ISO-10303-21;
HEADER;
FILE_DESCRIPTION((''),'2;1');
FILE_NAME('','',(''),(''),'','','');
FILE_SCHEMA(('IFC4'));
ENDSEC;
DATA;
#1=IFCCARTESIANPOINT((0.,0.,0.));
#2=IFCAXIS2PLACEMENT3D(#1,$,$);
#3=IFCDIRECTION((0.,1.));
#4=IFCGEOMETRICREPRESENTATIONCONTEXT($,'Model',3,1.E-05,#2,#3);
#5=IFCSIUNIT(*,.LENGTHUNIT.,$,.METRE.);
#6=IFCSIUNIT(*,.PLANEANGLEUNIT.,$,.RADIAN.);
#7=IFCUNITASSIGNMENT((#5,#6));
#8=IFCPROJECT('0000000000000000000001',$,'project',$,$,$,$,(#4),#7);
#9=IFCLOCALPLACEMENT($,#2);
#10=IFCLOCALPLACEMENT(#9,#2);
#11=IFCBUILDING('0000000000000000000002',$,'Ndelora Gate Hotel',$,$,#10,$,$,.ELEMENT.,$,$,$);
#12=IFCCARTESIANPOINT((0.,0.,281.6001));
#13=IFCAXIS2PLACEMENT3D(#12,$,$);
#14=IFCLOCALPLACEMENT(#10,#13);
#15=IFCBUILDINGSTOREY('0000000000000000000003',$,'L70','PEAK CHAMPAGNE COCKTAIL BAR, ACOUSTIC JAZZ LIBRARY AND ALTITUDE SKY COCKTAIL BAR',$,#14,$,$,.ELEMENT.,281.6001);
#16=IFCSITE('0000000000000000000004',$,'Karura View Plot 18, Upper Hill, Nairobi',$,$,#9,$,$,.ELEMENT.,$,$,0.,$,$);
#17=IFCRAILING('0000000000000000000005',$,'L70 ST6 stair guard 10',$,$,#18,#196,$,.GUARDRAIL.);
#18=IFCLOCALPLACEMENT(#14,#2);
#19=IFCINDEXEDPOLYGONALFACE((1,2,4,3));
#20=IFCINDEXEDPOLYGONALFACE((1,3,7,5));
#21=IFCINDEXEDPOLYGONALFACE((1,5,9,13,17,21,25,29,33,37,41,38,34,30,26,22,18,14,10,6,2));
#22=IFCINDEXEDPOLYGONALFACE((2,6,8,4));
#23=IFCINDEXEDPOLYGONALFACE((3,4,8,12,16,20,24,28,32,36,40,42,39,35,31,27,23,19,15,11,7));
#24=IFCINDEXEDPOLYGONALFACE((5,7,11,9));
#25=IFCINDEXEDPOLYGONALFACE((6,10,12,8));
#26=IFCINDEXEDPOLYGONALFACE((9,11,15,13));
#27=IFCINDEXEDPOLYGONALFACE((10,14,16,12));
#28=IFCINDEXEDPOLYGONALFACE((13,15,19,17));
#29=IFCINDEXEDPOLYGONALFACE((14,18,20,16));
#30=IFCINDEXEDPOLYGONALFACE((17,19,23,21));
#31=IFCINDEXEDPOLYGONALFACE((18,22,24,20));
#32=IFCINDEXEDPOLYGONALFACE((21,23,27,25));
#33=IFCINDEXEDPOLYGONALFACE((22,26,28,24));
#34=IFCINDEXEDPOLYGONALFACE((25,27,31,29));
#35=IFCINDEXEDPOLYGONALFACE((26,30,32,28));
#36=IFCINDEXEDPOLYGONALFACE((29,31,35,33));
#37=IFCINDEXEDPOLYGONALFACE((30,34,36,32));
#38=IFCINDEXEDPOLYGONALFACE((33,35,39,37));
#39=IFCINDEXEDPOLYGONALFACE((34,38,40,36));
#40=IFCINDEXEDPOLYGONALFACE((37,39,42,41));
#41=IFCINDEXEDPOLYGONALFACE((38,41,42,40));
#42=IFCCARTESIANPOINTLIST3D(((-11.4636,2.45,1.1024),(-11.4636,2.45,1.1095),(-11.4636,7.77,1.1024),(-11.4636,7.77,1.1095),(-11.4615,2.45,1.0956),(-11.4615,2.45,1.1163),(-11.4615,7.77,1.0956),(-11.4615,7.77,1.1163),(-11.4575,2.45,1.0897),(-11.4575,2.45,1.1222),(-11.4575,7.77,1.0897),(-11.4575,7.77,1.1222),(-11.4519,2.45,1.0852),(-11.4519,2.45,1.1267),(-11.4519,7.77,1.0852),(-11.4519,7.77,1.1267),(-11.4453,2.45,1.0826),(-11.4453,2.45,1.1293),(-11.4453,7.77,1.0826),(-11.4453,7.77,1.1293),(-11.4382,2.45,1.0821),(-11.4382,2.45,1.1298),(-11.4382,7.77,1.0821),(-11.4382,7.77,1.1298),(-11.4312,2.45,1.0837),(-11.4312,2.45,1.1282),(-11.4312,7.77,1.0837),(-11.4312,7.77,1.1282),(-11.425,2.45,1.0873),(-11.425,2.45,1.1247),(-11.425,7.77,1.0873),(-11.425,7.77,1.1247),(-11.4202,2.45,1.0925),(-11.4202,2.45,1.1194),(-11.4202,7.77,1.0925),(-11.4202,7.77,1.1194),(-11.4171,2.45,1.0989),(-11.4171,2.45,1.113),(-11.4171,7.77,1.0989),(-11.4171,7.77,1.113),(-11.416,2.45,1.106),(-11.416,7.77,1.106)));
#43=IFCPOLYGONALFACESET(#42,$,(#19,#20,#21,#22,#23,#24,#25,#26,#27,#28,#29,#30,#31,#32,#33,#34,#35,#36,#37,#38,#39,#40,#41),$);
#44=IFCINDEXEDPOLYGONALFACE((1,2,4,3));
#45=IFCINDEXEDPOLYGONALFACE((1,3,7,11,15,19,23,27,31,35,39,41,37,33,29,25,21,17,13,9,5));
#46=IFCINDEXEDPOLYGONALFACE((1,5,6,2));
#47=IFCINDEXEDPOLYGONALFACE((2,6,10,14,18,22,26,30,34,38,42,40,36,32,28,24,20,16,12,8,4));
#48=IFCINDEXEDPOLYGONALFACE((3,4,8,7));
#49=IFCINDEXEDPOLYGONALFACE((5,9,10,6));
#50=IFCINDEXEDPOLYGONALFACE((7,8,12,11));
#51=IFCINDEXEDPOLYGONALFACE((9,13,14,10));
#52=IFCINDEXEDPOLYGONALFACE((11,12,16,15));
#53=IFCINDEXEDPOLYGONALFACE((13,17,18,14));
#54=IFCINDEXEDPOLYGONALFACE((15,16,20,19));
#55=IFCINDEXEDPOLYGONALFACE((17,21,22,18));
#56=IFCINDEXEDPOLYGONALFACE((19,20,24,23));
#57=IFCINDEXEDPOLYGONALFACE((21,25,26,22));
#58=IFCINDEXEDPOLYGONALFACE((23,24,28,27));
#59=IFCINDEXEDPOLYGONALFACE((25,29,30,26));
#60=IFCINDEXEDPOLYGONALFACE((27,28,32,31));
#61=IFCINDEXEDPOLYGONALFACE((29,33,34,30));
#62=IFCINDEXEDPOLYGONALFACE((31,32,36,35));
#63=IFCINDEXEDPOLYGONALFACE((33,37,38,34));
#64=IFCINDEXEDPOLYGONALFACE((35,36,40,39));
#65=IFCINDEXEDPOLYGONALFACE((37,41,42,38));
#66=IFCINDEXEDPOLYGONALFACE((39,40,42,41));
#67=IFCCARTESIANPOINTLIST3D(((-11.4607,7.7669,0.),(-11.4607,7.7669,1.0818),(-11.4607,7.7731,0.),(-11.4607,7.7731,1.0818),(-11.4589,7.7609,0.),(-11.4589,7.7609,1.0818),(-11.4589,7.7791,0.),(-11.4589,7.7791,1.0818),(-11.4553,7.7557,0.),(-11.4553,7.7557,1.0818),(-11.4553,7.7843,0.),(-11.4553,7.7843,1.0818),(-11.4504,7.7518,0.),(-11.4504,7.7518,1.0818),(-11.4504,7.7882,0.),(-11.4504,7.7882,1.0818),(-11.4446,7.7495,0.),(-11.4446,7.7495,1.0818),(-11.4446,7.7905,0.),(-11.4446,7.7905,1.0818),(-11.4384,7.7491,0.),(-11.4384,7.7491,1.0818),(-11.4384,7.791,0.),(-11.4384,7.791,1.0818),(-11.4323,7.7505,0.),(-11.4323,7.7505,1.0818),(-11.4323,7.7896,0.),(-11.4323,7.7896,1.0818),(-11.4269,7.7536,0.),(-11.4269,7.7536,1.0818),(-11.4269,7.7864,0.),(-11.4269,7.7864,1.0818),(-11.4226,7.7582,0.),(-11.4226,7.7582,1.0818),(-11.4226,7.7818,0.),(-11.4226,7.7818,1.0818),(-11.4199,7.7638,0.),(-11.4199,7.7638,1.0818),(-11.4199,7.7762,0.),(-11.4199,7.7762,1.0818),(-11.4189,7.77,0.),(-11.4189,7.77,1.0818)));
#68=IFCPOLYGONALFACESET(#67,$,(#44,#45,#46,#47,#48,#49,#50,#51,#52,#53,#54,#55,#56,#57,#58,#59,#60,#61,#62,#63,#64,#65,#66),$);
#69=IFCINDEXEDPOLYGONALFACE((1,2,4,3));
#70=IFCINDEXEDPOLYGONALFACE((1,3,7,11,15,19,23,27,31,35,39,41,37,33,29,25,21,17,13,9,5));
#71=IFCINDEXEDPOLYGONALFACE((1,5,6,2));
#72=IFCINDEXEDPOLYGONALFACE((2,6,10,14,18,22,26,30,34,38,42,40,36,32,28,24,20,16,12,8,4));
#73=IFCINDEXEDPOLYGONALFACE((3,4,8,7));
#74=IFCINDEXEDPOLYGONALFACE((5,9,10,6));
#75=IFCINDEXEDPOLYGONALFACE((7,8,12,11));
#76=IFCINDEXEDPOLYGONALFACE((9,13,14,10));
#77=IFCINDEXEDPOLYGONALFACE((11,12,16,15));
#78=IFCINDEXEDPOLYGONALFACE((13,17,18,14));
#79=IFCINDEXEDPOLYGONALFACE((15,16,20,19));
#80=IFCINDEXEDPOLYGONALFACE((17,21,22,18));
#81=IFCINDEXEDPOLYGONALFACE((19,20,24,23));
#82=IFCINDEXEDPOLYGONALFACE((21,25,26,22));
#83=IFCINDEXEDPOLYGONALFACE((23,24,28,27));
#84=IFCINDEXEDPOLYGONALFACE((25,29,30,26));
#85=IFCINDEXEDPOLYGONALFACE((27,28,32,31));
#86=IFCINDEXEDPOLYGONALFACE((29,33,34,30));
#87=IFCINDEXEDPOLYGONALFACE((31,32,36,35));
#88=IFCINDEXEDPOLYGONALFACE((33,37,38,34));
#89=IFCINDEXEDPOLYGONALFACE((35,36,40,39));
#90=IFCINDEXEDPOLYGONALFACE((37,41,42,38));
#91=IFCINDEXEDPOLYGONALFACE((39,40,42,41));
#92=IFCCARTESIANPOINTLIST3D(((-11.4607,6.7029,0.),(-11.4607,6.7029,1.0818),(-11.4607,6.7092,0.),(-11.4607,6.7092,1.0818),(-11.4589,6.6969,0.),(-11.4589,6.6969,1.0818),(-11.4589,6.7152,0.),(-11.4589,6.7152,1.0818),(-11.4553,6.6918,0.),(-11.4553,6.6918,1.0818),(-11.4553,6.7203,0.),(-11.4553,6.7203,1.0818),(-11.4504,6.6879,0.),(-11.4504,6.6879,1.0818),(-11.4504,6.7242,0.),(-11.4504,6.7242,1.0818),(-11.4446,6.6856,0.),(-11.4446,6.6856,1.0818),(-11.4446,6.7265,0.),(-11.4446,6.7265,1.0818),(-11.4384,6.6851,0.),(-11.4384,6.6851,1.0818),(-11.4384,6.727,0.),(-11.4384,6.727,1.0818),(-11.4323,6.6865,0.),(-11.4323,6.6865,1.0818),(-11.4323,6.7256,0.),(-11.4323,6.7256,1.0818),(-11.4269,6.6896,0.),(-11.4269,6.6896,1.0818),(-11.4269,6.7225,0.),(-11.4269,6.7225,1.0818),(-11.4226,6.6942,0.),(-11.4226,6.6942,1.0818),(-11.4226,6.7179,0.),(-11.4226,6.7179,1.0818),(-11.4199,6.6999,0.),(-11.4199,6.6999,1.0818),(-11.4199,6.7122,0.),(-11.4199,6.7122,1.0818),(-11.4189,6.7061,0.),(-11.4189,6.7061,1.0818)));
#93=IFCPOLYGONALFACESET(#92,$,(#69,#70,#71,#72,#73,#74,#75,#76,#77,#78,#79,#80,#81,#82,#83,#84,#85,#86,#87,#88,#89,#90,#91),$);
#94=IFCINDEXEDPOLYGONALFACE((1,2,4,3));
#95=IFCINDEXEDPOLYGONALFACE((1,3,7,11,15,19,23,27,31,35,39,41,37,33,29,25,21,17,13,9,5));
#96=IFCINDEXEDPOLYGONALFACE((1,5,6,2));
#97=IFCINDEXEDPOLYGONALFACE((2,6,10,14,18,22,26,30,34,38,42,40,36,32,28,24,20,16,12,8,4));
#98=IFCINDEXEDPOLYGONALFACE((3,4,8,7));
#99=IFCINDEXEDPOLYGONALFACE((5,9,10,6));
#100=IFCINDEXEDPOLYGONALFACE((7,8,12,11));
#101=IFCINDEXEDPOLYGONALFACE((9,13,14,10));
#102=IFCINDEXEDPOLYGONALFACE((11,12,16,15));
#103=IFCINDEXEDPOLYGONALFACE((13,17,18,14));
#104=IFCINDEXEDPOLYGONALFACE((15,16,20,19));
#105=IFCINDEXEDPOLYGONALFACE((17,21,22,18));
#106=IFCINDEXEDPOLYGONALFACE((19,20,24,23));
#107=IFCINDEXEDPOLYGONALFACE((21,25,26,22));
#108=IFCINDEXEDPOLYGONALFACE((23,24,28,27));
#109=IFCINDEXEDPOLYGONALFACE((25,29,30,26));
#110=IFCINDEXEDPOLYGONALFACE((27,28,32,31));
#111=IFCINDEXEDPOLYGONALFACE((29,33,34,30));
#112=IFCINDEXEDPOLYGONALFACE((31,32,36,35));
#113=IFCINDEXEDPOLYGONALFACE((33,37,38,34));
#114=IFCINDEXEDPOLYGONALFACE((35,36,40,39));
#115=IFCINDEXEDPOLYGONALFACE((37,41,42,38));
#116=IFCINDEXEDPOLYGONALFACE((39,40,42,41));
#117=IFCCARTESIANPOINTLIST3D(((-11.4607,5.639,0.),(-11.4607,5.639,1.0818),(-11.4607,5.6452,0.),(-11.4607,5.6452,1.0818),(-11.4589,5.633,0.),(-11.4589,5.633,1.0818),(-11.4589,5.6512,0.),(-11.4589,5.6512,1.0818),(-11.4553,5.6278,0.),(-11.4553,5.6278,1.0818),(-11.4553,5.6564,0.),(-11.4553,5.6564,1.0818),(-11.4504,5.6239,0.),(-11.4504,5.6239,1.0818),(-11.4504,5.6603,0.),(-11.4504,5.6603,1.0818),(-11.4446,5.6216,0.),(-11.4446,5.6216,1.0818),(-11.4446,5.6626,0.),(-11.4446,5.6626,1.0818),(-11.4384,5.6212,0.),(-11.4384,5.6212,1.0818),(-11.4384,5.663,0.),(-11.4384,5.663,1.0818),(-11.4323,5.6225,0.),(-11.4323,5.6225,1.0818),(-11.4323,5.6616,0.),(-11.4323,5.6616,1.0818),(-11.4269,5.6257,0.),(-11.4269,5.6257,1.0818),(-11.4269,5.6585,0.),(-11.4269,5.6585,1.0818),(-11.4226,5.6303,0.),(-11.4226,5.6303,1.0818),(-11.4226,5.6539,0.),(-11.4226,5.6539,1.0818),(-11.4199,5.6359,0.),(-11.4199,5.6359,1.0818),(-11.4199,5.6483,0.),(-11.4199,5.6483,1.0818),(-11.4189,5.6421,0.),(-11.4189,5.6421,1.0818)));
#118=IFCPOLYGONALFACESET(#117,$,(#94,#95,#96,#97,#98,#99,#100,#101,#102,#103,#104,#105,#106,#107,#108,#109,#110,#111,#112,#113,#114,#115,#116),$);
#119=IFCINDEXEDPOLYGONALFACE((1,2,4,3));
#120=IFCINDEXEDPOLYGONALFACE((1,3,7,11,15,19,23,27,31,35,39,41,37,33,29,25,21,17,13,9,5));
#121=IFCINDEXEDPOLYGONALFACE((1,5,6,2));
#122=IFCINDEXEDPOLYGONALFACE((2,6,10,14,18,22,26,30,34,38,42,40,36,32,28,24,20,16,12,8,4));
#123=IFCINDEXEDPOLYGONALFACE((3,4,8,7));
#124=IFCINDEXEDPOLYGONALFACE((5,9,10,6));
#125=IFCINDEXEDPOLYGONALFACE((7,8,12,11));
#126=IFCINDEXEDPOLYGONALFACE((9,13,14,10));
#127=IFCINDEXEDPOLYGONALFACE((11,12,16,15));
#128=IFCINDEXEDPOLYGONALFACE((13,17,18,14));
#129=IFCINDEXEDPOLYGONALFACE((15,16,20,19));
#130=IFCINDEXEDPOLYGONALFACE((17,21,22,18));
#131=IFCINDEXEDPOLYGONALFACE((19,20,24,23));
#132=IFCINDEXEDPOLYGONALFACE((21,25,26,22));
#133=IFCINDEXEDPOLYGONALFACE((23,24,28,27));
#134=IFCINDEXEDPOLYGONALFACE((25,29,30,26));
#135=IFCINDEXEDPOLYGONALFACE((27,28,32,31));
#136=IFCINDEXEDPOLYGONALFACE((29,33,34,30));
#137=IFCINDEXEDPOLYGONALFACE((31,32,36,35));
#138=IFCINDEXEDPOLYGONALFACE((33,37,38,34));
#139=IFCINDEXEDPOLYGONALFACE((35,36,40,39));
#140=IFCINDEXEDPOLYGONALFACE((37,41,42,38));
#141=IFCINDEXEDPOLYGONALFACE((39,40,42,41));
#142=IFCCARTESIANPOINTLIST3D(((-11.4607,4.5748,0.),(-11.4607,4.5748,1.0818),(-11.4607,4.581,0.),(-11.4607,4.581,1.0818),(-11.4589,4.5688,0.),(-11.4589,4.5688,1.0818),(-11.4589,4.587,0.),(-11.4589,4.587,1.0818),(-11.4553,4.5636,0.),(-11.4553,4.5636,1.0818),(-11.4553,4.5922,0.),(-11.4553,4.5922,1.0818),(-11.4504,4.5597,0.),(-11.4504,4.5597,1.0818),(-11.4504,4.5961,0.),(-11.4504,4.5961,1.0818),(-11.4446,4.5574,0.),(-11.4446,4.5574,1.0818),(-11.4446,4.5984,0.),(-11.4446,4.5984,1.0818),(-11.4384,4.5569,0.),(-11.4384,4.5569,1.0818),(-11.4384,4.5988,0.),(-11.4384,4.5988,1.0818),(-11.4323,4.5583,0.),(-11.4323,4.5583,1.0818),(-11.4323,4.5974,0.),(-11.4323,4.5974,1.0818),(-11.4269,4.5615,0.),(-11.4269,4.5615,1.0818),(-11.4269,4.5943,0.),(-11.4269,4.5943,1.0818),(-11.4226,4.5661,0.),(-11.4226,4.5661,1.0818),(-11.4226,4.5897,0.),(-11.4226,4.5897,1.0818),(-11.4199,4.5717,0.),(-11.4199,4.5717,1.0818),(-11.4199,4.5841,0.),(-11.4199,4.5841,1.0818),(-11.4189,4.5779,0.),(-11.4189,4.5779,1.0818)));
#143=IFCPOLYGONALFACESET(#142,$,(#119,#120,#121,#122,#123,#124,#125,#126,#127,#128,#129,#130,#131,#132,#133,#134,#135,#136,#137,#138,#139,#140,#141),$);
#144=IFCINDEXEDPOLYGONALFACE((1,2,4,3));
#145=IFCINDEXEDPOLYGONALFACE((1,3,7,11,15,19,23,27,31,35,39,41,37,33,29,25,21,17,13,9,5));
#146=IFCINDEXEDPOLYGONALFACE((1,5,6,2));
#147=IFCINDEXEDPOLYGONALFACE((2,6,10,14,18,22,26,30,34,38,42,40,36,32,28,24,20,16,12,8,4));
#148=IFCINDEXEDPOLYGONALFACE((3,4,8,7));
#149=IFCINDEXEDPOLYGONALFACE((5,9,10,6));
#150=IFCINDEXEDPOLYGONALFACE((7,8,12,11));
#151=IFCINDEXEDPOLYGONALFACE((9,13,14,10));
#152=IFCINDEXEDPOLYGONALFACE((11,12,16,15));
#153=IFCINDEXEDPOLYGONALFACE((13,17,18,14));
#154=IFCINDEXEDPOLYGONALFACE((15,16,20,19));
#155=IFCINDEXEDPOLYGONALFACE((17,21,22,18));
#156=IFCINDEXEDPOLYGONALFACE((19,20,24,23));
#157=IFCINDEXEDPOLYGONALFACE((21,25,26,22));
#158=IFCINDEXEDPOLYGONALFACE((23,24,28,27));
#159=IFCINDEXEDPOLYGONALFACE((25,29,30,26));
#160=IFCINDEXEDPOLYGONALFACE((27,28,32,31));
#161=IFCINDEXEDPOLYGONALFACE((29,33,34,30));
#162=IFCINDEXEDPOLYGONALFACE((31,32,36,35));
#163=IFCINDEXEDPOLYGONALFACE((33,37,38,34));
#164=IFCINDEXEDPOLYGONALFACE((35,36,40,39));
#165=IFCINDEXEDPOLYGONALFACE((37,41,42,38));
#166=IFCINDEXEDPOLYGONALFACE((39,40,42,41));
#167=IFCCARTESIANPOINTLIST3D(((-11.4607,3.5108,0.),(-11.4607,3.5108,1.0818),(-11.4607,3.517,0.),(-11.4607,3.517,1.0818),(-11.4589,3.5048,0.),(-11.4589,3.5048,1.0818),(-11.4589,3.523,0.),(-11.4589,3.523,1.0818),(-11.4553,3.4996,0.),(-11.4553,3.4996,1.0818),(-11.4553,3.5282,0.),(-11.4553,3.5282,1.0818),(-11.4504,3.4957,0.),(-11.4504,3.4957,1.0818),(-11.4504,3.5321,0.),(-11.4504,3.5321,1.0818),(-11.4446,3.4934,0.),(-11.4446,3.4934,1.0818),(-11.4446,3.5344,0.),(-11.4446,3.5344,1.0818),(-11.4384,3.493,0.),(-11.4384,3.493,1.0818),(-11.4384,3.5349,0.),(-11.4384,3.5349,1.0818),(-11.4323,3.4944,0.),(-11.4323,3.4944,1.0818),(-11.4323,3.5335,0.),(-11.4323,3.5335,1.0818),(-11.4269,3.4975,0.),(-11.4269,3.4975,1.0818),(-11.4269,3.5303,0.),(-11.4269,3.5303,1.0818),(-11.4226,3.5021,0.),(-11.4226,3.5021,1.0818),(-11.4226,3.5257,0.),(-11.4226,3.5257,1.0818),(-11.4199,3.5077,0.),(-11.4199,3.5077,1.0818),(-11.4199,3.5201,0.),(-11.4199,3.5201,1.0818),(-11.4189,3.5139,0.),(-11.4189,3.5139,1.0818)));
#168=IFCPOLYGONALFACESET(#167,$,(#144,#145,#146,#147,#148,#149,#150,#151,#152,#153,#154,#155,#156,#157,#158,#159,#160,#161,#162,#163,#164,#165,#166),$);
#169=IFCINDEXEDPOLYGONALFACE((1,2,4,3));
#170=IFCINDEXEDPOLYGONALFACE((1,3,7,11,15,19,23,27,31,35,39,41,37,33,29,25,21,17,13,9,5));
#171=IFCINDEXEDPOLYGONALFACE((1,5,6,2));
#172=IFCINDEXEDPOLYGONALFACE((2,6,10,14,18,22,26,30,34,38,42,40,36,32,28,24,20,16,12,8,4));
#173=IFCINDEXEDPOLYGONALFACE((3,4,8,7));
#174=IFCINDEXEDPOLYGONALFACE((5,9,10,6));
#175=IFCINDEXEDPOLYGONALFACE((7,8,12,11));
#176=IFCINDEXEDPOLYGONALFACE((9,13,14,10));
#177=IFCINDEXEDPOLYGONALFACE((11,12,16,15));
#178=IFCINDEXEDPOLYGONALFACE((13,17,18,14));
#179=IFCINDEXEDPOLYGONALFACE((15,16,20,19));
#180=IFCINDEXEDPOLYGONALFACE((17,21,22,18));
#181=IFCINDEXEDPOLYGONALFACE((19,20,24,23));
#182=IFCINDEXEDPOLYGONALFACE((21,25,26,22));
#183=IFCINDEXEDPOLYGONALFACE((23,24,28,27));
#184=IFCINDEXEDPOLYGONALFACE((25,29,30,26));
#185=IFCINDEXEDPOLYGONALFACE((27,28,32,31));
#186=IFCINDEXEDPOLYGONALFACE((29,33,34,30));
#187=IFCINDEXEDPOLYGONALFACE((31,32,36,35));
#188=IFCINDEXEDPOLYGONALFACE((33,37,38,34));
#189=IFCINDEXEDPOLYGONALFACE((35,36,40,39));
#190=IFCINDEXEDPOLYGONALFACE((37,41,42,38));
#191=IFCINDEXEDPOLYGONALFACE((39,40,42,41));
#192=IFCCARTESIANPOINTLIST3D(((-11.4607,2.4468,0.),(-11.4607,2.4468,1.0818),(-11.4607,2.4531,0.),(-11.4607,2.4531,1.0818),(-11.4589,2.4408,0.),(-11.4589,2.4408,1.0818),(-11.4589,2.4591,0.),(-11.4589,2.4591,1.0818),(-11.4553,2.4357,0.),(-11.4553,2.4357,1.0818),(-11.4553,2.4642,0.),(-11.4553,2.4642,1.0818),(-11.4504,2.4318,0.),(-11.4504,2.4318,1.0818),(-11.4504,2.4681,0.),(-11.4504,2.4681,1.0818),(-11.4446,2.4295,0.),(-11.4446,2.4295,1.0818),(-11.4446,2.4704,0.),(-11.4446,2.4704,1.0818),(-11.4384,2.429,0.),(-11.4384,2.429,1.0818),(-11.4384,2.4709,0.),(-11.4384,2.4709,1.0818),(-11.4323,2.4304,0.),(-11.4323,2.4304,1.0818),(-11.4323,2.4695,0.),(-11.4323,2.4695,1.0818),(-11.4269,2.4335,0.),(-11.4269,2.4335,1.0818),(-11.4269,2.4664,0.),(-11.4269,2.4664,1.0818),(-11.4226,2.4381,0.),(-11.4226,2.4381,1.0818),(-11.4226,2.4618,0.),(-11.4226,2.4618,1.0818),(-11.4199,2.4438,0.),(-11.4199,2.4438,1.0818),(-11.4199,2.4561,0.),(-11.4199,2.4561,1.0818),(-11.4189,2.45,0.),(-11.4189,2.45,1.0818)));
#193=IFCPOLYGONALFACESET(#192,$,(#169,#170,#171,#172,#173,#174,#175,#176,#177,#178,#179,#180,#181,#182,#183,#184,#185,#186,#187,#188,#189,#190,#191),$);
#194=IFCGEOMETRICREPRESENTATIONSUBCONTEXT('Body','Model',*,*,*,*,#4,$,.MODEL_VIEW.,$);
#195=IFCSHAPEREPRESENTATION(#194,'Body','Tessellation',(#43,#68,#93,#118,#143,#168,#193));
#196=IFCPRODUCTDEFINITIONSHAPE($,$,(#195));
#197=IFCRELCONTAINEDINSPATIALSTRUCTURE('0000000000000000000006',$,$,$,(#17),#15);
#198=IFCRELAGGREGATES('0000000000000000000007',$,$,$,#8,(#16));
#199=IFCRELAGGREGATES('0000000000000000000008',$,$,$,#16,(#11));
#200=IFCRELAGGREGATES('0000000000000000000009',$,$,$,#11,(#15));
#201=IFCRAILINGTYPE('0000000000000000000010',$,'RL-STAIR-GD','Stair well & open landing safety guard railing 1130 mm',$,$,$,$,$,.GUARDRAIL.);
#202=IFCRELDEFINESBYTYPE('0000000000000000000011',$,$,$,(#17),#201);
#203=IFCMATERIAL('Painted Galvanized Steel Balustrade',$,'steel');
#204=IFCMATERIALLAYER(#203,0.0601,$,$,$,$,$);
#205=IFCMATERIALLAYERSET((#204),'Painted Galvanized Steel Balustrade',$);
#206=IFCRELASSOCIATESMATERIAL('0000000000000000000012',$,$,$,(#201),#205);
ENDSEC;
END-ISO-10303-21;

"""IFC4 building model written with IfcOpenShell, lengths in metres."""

from ifc_helpers import new_model, si_unit, direction, frame, origin, origin_2d, place, context, subcontext, project, spatial, circle, extrude, material, layer, layer_set, type_object, element, save


model = new_model("IFC4")

# Units and contexts
model_context = context("Model", 3, precision=1e-05, world=origin(), true_north=direction((0.0, 1.0)))
body_context = subcontext(model_context, "Body", "Model", "MODEL_VIEW")
ifc_project = project(units=[si_unit("LENGTHUNIT", "METRE"), si_unit("PLANEANGLEUNIT", "RADIAN")], contexts=[model_context])

# Site, building, storey
site_placement = place(None, origin())
site = spatial("IfcSite", under=ifc_project, at=site_placement, Name="Karura View Plot 18, Upper Hill, Nairobi", CompositionType="ELEMENT", RefElevation=0.0)
building_placement = place(site_placement, origin())
building = spatial("IfcBuilding", under=site, at=building_placement, Name="Ndelora Gate Hotel", CompositionType="ELEMENT")
storey_placement = place(building_placement, frame((0.0, 0.0, 281.6001)))
storey = spatial("IfcBuildingStorey", under=building, at=storey_placement, Name="L70", Description="PEAK CHAMPAGNE COCKTAIL BAR, ACOUSTIC JAZZ LIBRARY AND ALTITUDE SKY COCKTAIL BAR", CompositionType="ELEMENT", Elevation=281.6001)

# Railing
ifc_material_1 = material(Name="Painted Galvanized Steel Balustrade", Category="steel")
ifc_layer_1 = layer(ifc_material_1, 0.0601)
ifc_layer_set_1 = layer_set([ifc_layer_1], Name="Painted Galvanized Steel Balustrade")
railing_type_1 = type_object("IfcRailingType", Name="RL-STAIR-GD", Description="Stair well & open landing safety guard railing 1130 mm", PredefinedType="GUARDRAIL", material=ifc_layer_set_1)
railing_1_placement = place(storey_placement, frame((-11.4399, 7.77, 0.0)))
element("IfcRailing", 1, at=railing_1_placement, inside=storey, type_object=railing_type_1, Name="L70 ST6 stair guard 10", PredefinedType="GUARDRAIL", context=body_context, shape_type="SweptSolid", body=[
    extrude(circle(Radius=0.0239, at=origin_2d()), frame((0.0, 0.0, 1.106), z_axis=(0.0, -1.0, 0.0), x_axis=(1.0, 0.0, 0.0)), (0.0, 0.0, 1.0), 5.3201),
    extrude(circle(Radius=0.021, at=origin_2d()), origin(), (0.0, 0.0, 1.0), 1.0818),
    extrude(circle(Radius=0.021, at=origin_2d()), frame((0.0, -1.064, 0.0)), (0.0, 0.0, 1.0), 1.0818),
    extrude(circle(Radius=0.021, at=origin_2d()), frame((0.0, -2.1279, 0.0)), (0.0, 0.0, 1.0), 1.0818),
    extrude(circle(Radius=0.021, at=origin_2d()), frame((0.0, -3.1921, 0.0)), (0.0, 0.0, 1.0), 1.0818),
    extrude(circle(Radius=0.021, at=origin_2d()), frame((0.0, -4.2561, 0.0)), (0.0, 0.0, 1.0), 1.0818),
    extrude(circle(Radius=0.021, at=origin_2d()), frame((0.0, -5.3201, 0.0)), (0.0, 0.0, 1.0), 1.0818),
])

save(model, "model.ifc")
